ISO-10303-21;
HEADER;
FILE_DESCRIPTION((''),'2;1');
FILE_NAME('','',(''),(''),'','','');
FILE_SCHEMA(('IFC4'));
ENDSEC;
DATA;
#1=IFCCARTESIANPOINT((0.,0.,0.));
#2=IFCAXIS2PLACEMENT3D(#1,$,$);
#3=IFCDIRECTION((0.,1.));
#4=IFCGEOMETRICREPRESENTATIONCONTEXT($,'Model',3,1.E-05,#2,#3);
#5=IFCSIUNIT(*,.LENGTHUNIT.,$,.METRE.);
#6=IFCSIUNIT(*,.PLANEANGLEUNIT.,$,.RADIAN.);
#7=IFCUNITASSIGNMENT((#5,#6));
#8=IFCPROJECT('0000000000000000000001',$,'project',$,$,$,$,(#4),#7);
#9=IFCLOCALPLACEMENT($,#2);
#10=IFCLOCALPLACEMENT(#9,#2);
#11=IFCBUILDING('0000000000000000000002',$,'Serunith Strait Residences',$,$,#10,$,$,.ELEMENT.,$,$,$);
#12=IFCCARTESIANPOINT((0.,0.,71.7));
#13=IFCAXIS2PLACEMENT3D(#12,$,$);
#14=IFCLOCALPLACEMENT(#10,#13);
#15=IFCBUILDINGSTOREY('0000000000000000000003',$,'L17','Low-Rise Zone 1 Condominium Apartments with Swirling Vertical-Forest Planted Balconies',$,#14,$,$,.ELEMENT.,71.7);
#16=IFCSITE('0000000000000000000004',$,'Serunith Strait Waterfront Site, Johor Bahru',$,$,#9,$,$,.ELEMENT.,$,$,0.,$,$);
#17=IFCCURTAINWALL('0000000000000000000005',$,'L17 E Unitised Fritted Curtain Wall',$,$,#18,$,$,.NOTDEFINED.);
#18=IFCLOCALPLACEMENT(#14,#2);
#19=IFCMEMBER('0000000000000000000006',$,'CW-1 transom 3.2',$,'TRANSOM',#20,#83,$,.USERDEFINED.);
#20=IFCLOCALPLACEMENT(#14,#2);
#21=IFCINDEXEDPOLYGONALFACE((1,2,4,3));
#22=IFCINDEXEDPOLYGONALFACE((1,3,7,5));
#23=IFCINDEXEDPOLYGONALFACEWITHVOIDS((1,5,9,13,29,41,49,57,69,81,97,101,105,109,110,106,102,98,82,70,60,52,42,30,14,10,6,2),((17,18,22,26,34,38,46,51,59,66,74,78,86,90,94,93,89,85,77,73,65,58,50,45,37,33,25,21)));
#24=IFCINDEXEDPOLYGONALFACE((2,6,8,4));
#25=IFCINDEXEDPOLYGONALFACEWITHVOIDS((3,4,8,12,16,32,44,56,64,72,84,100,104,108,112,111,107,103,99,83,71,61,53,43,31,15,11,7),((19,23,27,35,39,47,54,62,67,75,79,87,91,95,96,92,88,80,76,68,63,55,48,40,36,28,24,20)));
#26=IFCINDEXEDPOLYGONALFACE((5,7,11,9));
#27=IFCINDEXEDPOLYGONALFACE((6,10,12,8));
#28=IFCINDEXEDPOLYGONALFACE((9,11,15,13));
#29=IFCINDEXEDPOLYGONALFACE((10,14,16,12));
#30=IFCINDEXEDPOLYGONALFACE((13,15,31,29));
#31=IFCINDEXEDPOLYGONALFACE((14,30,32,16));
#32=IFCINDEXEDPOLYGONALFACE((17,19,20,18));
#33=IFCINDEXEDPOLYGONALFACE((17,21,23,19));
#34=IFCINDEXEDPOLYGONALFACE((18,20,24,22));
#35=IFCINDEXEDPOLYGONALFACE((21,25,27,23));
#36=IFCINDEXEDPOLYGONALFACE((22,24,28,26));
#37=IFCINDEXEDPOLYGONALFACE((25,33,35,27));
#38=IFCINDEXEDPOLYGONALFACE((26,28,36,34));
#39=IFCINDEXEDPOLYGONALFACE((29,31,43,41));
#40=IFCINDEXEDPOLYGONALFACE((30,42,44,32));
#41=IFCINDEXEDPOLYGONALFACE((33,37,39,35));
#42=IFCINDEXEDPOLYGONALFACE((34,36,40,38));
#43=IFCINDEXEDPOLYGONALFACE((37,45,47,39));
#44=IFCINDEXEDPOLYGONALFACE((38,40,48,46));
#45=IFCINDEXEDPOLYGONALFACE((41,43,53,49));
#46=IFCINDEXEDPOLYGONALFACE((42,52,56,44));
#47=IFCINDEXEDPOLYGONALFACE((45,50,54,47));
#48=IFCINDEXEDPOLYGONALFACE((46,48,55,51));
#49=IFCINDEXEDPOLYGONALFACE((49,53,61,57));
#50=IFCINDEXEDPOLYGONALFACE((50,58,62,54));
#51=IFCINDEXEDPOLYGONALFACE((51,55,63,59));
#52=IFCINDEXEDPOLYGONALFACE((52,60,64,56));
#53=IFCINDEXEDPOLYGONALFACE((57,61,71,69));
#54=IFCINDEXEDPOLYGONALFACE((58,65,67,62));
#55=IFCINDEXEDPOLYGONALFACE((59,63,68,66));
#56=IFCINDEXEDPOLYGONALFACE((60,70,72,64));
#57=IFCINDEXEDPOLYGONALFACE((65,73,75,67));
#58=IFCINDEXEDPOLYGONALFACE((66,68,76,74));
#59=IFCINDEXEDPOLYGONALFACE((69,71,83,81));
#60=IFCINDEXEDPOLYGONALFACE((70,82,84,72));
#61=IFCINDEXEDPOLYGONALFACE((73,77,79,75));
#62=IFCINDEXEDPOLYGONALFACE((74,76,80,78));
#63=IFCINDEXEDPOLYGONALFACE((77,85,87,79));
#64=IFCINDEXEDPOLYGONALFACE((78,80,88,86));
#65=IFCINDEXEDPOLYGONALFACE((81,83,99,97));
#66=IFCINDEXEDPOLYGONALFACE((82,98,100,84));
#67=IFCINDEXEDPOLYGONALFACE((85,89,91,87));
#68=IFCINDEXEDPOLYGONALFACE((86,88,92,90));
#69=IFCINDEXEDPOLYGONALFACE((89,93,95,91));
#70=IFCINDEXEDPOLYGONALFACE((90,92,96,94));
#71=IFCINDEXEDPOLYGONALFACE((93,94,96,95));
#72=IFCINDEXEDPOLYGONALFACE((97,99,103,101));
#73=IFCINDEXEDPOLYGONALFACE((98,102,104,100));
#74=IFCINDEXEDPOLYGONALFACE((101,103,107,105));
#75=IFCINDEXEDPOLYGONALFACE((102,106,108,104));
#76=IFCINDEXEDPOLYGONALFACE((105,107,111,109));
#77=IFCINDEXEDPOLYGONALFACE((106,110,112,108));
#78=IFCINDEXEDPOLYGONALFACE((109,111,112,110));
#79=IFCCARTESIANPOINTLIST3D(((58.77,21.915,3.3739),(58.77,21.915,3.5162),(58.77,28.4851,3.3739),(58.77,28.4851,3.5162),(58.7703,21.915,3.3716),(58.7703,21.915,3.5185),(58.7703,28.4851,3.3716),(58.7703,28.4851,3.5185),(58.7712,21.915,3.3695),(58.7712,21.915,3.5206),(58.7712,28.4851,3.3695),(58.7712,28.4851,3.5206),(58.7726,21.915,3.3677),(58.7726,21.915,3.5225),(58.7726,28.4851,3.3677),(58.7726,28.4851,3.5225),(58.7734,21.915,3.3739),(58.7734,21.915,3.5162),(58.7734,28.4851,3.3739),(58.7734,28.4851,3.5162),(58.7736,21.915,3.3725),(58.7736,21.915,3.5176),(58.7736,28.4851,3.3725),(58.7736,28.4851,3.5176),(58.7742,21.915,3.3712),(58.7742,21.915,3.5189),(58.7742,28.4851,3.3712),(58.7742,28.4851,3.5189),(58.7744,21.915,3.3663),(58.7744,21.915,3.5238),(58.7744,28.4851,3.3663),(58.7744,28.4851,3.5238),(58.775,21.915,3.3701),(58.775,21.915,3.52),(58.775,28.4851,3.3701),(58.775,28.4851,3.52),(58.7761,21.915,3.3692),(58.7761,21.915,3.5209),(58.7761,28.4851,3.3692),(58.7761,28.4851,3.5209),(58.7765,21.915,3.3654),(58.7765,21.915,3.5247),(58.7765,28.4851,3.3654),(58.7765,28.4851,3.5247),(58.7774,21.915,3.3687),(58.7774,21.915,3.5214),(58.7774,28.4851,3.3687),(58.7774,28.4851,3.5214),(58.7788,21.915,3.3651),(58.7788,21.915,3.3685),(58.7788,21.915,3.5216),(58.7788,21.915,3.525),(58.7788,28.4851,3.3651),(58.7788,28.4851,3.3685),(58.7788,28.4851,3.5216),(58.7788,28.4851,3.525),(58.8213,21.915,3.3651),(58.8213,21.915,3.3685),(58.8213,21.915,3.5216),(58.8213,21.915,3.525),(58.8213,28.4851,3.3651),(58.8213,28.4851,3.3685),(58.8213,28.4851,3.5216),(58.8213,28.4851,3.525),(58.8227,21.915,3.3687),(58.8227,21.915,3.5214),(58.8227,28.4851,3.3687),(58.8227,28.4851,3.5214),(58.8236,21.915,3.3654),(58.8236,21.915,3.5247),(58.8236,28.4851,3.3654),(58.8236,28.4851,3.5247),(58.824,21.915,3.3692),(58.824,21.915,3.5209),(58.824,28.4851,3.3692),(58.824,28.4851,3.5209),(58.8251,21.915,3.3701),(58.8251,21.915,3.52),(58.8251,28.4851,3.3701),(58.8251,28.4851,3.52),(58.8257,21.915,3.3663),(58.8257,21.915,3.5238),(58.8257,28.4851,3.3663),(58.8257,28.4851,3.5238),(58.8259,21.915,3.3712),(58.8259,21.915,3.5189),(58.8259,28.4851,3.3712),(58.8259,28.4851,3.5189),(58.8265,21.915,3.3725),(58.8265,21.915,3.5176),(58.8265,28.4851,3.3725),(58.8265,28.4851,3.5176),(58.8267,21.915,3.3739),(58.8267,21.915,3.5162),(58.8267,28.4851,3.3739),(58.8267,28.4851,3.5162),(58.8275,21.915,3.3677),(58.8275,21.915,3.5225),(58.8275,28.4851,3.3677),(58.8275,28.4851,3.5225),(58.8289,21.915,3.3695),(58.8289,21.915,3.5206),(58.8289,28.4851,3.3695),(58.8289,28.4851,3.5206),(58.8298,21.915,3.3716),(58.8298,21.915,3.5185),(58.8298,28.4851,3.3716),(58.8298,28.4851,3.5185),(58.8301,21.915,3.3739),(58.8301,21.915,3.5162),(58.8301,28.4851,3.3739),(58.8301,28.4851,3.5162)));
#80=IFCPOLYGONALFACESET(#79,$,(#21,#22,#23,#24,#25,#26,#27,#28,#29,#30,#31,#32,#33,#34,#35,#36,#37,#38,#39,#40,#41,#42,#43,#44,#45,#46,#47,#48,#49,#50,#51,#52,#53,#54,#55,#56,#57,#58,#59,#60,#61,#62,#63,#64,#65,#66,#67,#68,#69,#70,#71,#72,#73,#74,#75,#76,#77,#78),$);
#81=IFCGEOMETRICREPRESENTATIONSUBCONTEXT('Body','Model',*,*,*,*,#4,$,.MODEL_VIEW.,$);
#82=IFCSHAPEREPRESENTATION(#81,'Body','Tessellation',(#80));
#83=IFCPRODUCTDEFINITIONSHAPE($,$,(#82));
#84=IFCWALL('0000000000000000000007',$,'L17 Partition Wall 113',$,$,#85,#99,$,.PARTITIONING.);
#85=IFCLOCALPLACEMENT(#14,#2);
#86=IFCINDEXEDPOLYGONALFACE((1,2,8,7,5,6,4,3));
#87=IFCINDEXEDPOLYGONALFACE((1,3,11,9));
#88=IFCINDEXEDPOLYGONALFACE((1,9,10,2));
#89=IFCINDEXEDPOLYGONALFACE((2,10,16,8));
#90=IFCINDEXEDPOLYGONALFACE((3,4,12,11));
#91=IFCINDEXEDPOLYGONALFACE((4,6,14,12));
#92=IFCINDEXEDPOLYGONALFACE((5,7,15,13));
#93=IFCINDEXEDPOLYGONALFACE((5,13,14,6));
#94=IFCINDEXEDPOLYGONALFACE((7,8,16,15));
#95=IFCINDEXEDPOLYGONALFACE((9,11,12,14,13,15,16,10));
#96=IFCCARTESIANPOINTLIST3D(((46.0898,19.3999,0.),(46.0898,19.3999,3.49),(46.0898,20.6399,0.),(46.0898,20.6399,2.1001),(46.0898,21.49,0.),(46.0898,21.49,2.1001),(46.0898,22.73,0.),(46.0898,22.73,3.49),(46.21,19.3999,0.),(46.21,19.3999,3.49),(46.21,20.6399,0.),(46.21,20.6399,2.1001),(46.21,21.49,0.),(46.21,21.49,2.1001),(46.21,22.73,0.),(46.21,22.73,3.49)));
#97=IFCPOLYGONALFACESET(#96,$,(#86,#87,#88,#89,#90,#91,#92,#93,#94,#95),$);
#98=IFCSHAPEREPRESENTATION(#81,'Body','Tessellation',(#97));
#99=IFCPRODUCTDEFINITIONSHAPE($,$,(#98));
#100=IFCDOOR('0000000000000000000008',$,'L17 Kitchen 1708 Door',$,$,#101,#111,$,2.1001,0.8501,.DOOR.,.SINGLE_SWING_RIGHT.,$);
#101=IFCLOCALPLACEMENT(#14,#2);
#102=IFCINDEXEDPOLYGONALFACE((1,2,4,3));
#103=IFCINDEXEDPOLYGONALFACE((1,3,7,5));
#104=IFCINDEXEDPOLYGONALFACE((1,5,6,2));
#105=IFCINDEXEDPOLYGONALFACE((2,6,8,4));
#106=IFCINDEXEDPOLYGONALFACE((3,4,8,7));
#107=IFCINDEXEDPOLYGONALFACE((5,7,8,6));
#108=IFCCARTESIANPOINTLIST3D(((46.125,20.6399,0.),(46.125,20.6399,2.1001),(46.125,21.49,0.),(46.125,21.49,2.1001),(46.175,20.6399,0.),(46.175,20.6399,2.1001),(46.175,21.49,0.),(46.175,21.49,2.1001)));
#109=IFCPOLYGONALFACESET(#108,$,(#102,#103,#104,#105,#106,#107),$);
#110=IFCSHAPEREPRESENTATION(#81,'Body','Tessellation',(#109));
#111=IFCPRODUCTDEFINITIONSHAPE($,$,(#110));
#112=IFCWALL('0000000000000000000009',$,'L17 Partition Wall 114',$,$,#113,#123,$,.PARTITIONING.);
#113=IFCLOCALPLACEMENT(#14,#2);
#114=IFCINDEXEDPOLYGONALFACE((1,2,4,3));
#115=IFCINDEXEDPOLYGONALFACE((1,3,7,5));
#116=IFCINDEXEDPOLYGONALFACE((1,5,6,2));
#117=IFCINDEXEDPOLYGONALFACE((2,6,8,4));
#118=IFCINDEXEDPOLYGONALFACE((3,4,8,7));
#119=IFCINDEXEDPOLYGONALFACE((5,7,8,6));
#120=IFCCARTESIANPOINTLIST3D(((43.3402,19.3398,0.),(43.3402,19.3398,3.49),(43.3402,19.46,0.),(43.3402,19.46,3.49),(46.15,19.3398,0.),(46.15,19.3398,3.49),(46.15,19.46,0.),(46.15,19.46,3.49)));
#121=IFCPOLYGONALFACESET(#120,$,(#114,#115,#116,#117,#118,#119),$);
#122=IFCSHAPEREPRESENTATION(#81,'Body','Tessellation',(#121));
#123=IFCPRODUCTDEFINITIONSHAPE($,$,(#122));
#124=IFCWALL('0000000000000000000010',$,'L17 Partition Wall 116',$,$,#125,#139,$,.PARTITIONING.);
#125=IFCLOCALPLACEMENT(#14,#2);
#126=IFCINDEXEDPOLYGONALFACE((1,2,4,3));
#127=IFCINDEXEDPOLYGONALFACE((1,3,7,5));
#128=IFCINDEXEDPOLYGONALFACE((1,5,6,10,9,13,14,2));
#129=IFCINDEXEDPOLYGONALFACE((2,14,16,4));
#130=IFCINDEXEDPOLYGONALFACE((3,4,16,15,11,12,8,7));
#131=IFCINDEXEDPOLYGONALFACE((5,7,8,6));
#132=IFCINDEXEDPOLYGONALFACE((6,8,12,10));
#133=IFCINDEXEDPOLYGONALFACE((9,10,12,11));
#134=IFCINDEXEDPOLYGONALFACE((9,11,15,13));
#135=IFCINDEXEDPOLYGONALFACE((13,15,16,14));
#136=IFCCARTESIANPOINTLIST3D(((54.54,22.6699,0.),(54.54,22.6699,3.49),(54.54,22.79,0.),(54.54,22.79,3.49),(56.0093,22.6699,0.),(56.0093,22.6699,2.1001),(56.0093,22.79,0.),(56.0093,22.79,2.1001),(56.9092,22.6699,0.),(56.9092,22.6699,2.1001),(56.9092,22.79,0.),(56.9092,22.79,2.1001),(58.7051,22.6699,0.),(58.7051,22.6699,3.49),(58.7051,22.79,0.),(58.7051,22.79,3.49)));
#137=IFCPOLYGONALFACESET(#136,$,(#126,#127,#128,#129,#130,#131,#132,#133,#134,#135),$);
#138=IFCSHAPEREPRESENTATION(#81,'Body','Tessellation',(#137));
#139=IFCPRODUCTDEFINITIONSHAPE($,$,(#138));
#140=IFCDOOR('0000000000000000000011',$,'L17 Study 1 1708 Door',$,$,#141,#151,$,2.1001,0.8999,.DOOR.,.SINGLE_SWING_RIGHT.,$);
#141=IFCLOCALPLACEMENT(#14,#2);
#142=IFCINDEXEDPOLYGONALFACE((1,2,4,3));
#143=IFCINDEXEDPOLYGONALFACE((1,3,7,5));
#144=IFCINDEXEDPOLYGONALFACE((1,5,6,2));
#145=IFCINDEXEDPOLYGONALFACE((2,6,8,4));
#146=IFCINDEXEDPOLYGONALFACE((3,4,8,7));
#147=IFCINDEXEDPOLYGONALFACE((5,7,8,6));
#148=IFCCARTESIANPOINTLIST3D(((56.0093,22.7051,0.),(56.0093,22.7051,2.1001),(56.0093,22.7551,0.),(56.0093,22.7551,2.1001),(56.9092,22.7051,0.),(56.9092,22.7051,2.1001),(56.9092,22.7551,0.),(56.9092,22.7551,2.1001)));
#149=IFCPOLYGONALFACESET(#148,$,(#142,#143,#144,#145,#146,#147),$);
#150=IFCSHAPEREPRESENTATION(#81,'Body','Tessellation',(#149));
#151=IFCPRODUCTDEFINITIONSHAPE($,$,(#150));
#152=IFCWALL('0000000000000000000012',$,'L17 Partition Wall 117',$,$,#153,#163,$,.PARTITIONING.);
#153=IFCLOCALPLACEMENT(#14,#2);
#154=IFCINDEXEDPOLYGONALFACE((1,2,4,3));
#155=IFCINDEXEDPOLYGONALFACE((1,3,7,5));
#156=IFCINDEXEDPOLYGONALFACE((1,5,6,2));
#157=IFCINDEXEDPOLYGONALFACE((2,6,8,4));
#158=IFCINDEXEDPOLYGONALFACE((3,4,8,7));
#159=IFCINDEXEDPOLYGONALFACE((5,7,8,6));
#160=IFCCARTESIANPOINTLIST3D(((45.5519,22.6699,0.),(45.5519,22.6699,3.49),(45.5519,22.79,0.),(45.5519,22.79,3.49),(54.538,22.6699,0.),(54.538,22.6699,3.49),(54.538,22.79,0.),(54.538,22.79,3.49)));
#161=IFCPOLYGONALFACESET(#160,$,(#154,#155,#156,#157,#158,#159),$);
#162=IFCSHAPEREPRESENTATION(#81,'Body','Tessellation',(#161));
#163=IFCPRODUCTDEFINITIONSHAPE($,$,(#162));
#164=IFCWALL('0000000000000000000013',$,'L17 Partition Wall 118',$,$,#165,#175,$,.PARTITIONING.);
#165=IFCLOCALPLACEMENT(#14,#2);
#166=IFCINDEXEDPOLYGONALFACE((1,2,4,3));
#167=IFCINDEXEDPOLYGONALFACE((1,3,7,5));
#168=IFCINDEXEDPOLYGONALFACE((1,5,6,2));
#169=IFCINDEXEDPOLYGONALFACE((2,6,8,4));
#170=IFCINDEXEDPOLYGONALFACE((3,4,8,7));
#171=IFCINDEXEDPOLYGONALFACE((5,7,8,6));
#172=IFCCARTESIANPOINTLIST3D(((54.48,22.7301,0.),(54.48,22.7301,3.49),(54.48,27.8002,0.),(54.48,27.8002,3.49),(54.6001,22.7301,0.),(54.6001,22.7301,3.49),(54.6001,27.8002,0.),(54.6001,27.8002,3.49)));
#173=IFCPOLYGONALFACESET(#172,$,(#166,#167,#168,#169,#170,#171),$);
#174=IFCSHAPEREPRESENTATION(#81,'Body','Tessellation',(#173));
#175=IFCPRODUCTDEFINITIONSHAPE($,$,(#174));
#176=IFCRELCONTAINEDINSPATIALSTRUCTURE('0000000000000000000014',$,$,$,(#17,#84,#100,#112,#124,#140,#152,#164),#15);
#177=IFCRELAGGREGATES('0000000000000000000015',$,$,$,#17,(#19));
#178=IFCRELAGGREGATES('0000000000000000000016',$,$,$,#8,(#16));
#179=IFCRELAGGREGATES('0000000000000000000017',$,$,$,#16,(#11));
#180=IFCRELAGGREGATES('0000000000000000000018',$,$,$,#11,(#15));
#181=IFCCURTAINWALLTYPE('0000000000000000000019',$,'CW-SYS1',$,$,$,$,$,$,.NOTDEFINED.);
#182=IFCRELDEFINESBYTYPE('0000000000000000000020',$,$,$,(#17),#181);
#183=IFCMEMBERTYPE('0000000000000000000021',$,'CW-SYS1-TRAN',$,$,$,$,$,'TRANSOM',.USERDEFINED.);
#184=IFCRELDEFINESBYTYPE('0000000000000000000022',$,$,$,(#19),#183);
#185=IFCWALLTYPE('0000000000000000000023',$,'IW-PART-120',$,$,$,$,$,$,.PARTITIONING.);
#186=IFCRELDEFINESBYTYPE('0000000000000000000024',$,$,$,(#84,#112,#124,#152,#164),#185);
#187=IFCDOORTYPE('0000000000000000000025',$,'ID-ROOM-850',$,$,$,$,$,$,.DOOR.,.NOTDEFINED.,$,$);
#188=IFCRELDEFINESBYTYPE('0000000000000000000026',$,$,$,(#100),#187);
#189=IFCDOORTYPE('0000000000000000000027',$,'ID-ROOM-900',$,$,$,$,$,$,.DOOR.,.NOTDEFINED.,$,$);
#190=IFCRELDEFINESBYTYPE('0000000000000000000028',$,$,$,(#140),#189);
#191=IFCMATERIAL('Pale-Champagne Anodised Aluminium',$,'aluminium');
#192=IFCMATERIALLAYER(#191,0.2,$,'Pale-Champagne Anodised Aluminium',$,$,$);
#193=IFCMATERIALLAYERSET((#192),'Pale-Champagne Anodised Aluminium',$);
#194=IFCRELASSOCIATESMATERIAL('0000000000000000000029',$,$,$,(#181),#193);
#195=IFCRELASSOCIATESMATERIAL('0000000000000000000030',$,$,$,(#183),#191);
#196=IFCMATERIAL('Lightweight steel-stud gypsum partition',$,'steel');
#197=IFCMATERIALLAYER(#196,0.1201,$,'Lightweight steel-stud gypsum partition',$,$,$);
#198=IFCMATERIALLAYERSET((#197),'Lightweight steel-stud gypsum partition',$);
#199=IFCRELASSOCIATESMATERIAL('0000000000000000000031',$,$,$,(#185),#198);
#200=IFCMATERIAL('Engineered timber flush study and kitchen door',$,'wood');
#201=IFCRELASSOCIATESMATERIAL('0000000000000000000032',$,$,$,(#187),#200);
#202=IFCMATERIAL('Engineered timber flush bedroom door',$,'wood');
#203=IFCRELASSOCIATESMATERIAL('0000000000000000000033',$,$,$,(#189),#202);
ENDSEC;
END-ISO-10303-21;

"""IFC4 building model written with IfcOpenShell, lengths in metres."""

from ifc_helpers import new_model, si_unit, direction, frame, frame_2d, origin, origin_2d, place, context, subcontext, project, spatial, rectangle, hollow_rectangle, extrude, source, transform, mapped, material, layer, layer_set, material_profile, profile_set, type_object, element, fill, aggregate, save


model = new_model("IFC4")

# Units and contexts
model_context = context("Model", 3, precision=1e-05, world=origin(), true_north=direction((0.0, 1.0)))
body_context = subcontext(model_context, "Body", "Model", "MODEL_VIEW")
ifc_project = project(units=[si_unit("LENGTHUNIT", "METRE"), si_unit("PLANEANGLEUNIT", "RADIAN")], contexts=[model_context])

# Site, building, storey
site_placement = place(None, origin())
site = spatial("IfcSite", under=ifc_project, at=site_placement, Name="Serunith Strait Waterfront Site, Johor Bahru", CompositionType="ELEMENT", RefElevation=0.0)
building_placement = place(site_placement, origin())
building = spatial("IfcBuilding", under=site, at=building_placement, Name="Serunith Strait Residences", CompositionType="ELEMENT")
storey_placement = place(building_placement, frame((0.0, 0.0, 71.7)))
storey = spatial("IfcBuildingStorey", under=building, at=storey_placement, Name="L17", Description="Low-Rise Zone 1 Condominium Apartments with Swirling Vertical-Forest Planted Balconies", CompositionType="ELEMENT", Elevation=71.7)

# Curtain wall, member
ifc_material_1 = material(Name="Pale-Champagne Anodised Aluminium", Category="aluminium")
ifc_layer_1 = layer(ifc_material_1, 0.2, Name="Pale-Champagne Anodised Aluminium")
ifc_layer_set_1 = layer_set([ifc_layer_1], Name="Pale-Champagne Anodised Aluminium")
curtain_wall_type = type_object("IfcCurtainWallType", Name="CW-SYS1", PredefinedType="NOTDEFINED", material=ifc_layer_set_1)
curtain_wall_placement = place(storey_placement, origin())
curtain_wall = element("IfcCurtainWall", 1, at=curtain_wall_placement, inside=storey, type_object=curtain_wall_type, Name="L17 E Unitised Fritted Curtain Wall", PredefinedType="NOTDEFINED")
ifc_material_profile_1 = material_profile(ifc_material_1, hollow_rectangle(XDim=0.0601, YDim=0.1599, WallThickness=0.0034, InnerFilletRadius=0.0054, OuterFilletRadius=0.0088, at=origin_2d()), Name="ALU 160x60x3.5")
ifc_profile_set_1 = profile_set([ifc_material_profile_1], Name="Pale-Champagne Anodised Aluminium")
member_type_1 = type_object("IfcMemberType", Name="CW-SYS1-TRAN", ElementType="TRANSOM", PredefinedType="USERDEFINED", material=ifc_profile_set_1)
shared_shape_1 = source(origin(), body_context, "Body", "SweptSolid", [
    extrude(hollow_rectangle(XDim=0.0601, YDim=0.1599, WallThickness=0.0034, InnerFilletRadius=0.0054, OuterFilletRadius=0.0088, at=origin_2d()), origin(), (0.0, 0.0, 1.0), 6.5701),
])
member_1_placement = place(storey_placement, frame((58.8, 21.915, 3.4451), z_axis=(0.0, 1.0, 0.0), x_axis=(-1.0, 0.0, 0.0)))
member_1 = element("IfcMember", 2, at=member_1_placement, type_object=member_type_1, Name="CW-1 transom 3.2", ObjectType="TRANSOM", PredefinedType="USERDEFINED", context=body_context, shape_type="MappedRepresentation", body=[
    mapped(shared_shape_1, transform((0.0, 0.0, 0.0), scale=1.0)),
])
aggregate(curtain_wall, [member_1])

# Wall, opening, door
ifc_material_2 = material(Name="Lightweight steel-stud gypsum partition", Category="steel")
ifc_layer_2 = layer(ifc_material_2, 0.1201, Name="Lightweight steel-stud gypsum partition")
ifc_layer_set_2 = layer_set([ifc_layer_2], Name="Lightweight steel-stud gypsum partition")
wall_type = type_object("IfcWallType", Name="IW-PART-120", PredefinedType="PARTITIONING", material=ifc_layer_set_2)
wall_1_placement = place(storey_placement, frame((46.1499, 19.3999, 0.0), z_axis=(0.0, 0.0, 1.0), x_axis=(0.0, 1.0, 0.0)))
wall_1 = element("IfcWall", 3, at=wall_1_placement, inside=storey, type_object=wall_type, Name="L17 Partition Wall 113", PredefinedType="PARTITIONING", context=body_context, shape_type="SweptSolid", body=[
    extrude(rectangle(XDim=3.3301, YDim=0.1201, at=frame_2d((1.665, 0.0))), origin(), (0.0, 0.0, 1.0), 3.49),
])
opening_1_placement = place(wall_1_placement, frame((1.24, 0.0, 0.0)))
opening_1 = element("IfcOpeningElement", 4, at=opening_1_placement, cuts=wall_1, PredefinedType="OPENING", context=body_context, shape_type="SweptSolid", body=[
    extrude(rectangle(XDim=0.8501, YDim=2.1001, at=frame_2d((0.425, 1.05))), frame((0.0, 0.0701, 0.0), z_axis=(0.0, -1.0, 0.0), x_axis=(1.0, 0.0, 0.0)), (0.0, 0.0, 1.0), 0.1401),
])
ifc_material_3 = material(Name="Engineered timber flush study and kitchen door", Category="wood")
door_type_1 = type_object("IfcDoorType", Name="ID-ROOM-850", OperationType="NOTDEFINED", PredefinedType="DOOR", material=ifc_material_3)
shared_shape_2 = source(origin(), body_context, "Body", "SweptSolid", [
    extrude(rectangle(XDim=0.8501, YDim=2.1001, at=frame_2d((0.425, 1.05))), frame((0.0, 0.0249, 0.0), z_axis=(0.0, -1.0, 0.0), x_axis=(1.0, 0.0, 0.0)), (0.0, 0.0, 1.0), 0.05),
])
door_1_placement = place(opening_1_placement, origin())
door_1 = element("IfcDoor", 5, at=door_1_placement, inside=storey, type_object=door_type_1, Name="L17 Kitchen 1708 Door", OperationType="SINGLE_SWING_RIGHT", OverallHeight=2.1001, OverallWidth=0.8501, PredefinedType="DOOR", context=body_context, shape_type="MappedRepresentation", body=[
    mapped(shared_shape_2, transform((0.0, 0.0, 0.0), scale=1.0)),
])
fill(opening_1, door_1)

# Wall
wall_2_placement = place(storey_placement, frame((46.1499, 19.3999, 0.0), z_axis=(0.0, 0.0, 1.0), x_axis=(-1.0, 0.0, 0.0)))
element("IfcWall", 6, at=wall_2_placement, inside=storey, type_object=wall_type, Name="L17 Partition Wall 114", PredefinedType="PARTITIONING", context=body_context, shape_type="SweptSolid", body=[
    extrude(rectangle(XDim=2.8098, YDim=0.1201, at=frame_2d((1.4048, 0.0))), origin(), (0.0, 0.0, 1.0), 3.49),
])

# Wall, opening, door
wall_3_placement = place(storey_placement, frame((58.7051, 22.73, 0.0), z_axis=(0.0, 0.0, 1.0), x_axis=(-1.0, 0.0, 0.0)))
wall_3 = element("IfcWall", 7, at=wall_3_placement, inside=storey, type_object=wall_type, Name="L17 Partition Wall 116", PredefinedType="PARTITIONING", context=body_context, shape_type="SweptSolid", body=[
    extrude(rectangle(XDim=4.165, YDim=0.1201, at=frame_2d((2.0825, 0.0))), origin(), (0.0, 0.0, 1.0), 3.49),
])
opening_2_placement = place(wall_3_placement, frame((1.7959, 0.0, 0.0)))
opening_2 = element("IfcOpeningElement", 8, at=opening_2_placement, cuts=wall_3, PredefinedType="OPENING", context=body_context, shape_type="SweptSolid", body=[
    extrude(rectangle(XDim=0.8999, YDim=2.1001, at=frame_2d((0.45, 1.05))), frame((0.0, 0.0701, 0.0), z_axis=(0.0, -1.0, 0.0), x_axis=(1.0, 0.0, 0.0)), (0.0, 0.0, 1.0), 0.1401),
])
ifc_material_4 = material(Name="Engineered timber flush bedroom door", Category="wood")
door_type_2 = type_object("IfcDoorType", Name="ID-ROOM-900", OperationType="NOTDEFINED", PredefinedType="DOOR", material=ifc_material_4)
shared_shape_3 = source(origin(), body_context, "Body", "SweptSolid", [
    extrude(rectangle(XDim=0.8999, YDim=2.1001, at=frame_2d((0.45, 1.05))), frame((0.0, 0.0249, 0.0), z_axis=(0.0, -1.0, 0.0), x_axis=(1.0, 0.0, 0.0)), (0.0, 0.0, 1.0), 0.05),
])
door_2_placement = place(opening_2_placement, origin())
door_2 = element("IfcDoor", 9, at=door_2_placement, inside=storey, type_object=door_type_2, Name="L17 Study 1 1708 Door", OperationType="SINGLE_SWING_RIGHT", OverallHeight=2.1001, OverallWidth=0.8999, PredefinedType="DOOR", context=body_context, shape_type="MappedRepresentation", body=[
    mapped(shared_shape_3, transform((0.0, 0.0, 0.0), scale=1.0)),
])
fill(opening_2, door_2)

# Walls
wall_4_placement = place(storey_placement, frame((54.5381, 22.73, 0.0), z_axis=(0.0, 0.0, 1.0), x_axis=(-1.0, 0.0, 0.0)))
element("IfcWall", 10, at=wall_4_placement, inside=storey, type_object=wall_type, Name="L17 Partition Wall 117", PredefinedType="PARTITIONING", context=body_context, shape_type="SweptSolid", body=[
    extrude(rectangle(XDim=8.9861, YDim=0.1201, at=frame_2d((4.4932, 0.0))), origin(), (0.0, 0.0, 1.0), 3.49),
])
wall_5_placement = place(storey_placement, frame((54.54, 22.73, 0.0), z_axis=(0.0, 0.0, 1.0), x_axis=(0.0, 1.0, 0.0)))
element("IfcWall", 11, at=wall_5_placement, inside=storey, type_object=wall_type, Name="L17 Partition Wall 118", PredefinedType="PARTITIONING", context=body_context, shape_type="SweptSolid", body=[
    extrude(rectangle(XDim=5.0701, YDim=0.1201, at=frame_2d((2.5352, 0.0))), origin(), (0.0, 0.0, 1.0), 3.49),
])

save(model, "model.ifc")
